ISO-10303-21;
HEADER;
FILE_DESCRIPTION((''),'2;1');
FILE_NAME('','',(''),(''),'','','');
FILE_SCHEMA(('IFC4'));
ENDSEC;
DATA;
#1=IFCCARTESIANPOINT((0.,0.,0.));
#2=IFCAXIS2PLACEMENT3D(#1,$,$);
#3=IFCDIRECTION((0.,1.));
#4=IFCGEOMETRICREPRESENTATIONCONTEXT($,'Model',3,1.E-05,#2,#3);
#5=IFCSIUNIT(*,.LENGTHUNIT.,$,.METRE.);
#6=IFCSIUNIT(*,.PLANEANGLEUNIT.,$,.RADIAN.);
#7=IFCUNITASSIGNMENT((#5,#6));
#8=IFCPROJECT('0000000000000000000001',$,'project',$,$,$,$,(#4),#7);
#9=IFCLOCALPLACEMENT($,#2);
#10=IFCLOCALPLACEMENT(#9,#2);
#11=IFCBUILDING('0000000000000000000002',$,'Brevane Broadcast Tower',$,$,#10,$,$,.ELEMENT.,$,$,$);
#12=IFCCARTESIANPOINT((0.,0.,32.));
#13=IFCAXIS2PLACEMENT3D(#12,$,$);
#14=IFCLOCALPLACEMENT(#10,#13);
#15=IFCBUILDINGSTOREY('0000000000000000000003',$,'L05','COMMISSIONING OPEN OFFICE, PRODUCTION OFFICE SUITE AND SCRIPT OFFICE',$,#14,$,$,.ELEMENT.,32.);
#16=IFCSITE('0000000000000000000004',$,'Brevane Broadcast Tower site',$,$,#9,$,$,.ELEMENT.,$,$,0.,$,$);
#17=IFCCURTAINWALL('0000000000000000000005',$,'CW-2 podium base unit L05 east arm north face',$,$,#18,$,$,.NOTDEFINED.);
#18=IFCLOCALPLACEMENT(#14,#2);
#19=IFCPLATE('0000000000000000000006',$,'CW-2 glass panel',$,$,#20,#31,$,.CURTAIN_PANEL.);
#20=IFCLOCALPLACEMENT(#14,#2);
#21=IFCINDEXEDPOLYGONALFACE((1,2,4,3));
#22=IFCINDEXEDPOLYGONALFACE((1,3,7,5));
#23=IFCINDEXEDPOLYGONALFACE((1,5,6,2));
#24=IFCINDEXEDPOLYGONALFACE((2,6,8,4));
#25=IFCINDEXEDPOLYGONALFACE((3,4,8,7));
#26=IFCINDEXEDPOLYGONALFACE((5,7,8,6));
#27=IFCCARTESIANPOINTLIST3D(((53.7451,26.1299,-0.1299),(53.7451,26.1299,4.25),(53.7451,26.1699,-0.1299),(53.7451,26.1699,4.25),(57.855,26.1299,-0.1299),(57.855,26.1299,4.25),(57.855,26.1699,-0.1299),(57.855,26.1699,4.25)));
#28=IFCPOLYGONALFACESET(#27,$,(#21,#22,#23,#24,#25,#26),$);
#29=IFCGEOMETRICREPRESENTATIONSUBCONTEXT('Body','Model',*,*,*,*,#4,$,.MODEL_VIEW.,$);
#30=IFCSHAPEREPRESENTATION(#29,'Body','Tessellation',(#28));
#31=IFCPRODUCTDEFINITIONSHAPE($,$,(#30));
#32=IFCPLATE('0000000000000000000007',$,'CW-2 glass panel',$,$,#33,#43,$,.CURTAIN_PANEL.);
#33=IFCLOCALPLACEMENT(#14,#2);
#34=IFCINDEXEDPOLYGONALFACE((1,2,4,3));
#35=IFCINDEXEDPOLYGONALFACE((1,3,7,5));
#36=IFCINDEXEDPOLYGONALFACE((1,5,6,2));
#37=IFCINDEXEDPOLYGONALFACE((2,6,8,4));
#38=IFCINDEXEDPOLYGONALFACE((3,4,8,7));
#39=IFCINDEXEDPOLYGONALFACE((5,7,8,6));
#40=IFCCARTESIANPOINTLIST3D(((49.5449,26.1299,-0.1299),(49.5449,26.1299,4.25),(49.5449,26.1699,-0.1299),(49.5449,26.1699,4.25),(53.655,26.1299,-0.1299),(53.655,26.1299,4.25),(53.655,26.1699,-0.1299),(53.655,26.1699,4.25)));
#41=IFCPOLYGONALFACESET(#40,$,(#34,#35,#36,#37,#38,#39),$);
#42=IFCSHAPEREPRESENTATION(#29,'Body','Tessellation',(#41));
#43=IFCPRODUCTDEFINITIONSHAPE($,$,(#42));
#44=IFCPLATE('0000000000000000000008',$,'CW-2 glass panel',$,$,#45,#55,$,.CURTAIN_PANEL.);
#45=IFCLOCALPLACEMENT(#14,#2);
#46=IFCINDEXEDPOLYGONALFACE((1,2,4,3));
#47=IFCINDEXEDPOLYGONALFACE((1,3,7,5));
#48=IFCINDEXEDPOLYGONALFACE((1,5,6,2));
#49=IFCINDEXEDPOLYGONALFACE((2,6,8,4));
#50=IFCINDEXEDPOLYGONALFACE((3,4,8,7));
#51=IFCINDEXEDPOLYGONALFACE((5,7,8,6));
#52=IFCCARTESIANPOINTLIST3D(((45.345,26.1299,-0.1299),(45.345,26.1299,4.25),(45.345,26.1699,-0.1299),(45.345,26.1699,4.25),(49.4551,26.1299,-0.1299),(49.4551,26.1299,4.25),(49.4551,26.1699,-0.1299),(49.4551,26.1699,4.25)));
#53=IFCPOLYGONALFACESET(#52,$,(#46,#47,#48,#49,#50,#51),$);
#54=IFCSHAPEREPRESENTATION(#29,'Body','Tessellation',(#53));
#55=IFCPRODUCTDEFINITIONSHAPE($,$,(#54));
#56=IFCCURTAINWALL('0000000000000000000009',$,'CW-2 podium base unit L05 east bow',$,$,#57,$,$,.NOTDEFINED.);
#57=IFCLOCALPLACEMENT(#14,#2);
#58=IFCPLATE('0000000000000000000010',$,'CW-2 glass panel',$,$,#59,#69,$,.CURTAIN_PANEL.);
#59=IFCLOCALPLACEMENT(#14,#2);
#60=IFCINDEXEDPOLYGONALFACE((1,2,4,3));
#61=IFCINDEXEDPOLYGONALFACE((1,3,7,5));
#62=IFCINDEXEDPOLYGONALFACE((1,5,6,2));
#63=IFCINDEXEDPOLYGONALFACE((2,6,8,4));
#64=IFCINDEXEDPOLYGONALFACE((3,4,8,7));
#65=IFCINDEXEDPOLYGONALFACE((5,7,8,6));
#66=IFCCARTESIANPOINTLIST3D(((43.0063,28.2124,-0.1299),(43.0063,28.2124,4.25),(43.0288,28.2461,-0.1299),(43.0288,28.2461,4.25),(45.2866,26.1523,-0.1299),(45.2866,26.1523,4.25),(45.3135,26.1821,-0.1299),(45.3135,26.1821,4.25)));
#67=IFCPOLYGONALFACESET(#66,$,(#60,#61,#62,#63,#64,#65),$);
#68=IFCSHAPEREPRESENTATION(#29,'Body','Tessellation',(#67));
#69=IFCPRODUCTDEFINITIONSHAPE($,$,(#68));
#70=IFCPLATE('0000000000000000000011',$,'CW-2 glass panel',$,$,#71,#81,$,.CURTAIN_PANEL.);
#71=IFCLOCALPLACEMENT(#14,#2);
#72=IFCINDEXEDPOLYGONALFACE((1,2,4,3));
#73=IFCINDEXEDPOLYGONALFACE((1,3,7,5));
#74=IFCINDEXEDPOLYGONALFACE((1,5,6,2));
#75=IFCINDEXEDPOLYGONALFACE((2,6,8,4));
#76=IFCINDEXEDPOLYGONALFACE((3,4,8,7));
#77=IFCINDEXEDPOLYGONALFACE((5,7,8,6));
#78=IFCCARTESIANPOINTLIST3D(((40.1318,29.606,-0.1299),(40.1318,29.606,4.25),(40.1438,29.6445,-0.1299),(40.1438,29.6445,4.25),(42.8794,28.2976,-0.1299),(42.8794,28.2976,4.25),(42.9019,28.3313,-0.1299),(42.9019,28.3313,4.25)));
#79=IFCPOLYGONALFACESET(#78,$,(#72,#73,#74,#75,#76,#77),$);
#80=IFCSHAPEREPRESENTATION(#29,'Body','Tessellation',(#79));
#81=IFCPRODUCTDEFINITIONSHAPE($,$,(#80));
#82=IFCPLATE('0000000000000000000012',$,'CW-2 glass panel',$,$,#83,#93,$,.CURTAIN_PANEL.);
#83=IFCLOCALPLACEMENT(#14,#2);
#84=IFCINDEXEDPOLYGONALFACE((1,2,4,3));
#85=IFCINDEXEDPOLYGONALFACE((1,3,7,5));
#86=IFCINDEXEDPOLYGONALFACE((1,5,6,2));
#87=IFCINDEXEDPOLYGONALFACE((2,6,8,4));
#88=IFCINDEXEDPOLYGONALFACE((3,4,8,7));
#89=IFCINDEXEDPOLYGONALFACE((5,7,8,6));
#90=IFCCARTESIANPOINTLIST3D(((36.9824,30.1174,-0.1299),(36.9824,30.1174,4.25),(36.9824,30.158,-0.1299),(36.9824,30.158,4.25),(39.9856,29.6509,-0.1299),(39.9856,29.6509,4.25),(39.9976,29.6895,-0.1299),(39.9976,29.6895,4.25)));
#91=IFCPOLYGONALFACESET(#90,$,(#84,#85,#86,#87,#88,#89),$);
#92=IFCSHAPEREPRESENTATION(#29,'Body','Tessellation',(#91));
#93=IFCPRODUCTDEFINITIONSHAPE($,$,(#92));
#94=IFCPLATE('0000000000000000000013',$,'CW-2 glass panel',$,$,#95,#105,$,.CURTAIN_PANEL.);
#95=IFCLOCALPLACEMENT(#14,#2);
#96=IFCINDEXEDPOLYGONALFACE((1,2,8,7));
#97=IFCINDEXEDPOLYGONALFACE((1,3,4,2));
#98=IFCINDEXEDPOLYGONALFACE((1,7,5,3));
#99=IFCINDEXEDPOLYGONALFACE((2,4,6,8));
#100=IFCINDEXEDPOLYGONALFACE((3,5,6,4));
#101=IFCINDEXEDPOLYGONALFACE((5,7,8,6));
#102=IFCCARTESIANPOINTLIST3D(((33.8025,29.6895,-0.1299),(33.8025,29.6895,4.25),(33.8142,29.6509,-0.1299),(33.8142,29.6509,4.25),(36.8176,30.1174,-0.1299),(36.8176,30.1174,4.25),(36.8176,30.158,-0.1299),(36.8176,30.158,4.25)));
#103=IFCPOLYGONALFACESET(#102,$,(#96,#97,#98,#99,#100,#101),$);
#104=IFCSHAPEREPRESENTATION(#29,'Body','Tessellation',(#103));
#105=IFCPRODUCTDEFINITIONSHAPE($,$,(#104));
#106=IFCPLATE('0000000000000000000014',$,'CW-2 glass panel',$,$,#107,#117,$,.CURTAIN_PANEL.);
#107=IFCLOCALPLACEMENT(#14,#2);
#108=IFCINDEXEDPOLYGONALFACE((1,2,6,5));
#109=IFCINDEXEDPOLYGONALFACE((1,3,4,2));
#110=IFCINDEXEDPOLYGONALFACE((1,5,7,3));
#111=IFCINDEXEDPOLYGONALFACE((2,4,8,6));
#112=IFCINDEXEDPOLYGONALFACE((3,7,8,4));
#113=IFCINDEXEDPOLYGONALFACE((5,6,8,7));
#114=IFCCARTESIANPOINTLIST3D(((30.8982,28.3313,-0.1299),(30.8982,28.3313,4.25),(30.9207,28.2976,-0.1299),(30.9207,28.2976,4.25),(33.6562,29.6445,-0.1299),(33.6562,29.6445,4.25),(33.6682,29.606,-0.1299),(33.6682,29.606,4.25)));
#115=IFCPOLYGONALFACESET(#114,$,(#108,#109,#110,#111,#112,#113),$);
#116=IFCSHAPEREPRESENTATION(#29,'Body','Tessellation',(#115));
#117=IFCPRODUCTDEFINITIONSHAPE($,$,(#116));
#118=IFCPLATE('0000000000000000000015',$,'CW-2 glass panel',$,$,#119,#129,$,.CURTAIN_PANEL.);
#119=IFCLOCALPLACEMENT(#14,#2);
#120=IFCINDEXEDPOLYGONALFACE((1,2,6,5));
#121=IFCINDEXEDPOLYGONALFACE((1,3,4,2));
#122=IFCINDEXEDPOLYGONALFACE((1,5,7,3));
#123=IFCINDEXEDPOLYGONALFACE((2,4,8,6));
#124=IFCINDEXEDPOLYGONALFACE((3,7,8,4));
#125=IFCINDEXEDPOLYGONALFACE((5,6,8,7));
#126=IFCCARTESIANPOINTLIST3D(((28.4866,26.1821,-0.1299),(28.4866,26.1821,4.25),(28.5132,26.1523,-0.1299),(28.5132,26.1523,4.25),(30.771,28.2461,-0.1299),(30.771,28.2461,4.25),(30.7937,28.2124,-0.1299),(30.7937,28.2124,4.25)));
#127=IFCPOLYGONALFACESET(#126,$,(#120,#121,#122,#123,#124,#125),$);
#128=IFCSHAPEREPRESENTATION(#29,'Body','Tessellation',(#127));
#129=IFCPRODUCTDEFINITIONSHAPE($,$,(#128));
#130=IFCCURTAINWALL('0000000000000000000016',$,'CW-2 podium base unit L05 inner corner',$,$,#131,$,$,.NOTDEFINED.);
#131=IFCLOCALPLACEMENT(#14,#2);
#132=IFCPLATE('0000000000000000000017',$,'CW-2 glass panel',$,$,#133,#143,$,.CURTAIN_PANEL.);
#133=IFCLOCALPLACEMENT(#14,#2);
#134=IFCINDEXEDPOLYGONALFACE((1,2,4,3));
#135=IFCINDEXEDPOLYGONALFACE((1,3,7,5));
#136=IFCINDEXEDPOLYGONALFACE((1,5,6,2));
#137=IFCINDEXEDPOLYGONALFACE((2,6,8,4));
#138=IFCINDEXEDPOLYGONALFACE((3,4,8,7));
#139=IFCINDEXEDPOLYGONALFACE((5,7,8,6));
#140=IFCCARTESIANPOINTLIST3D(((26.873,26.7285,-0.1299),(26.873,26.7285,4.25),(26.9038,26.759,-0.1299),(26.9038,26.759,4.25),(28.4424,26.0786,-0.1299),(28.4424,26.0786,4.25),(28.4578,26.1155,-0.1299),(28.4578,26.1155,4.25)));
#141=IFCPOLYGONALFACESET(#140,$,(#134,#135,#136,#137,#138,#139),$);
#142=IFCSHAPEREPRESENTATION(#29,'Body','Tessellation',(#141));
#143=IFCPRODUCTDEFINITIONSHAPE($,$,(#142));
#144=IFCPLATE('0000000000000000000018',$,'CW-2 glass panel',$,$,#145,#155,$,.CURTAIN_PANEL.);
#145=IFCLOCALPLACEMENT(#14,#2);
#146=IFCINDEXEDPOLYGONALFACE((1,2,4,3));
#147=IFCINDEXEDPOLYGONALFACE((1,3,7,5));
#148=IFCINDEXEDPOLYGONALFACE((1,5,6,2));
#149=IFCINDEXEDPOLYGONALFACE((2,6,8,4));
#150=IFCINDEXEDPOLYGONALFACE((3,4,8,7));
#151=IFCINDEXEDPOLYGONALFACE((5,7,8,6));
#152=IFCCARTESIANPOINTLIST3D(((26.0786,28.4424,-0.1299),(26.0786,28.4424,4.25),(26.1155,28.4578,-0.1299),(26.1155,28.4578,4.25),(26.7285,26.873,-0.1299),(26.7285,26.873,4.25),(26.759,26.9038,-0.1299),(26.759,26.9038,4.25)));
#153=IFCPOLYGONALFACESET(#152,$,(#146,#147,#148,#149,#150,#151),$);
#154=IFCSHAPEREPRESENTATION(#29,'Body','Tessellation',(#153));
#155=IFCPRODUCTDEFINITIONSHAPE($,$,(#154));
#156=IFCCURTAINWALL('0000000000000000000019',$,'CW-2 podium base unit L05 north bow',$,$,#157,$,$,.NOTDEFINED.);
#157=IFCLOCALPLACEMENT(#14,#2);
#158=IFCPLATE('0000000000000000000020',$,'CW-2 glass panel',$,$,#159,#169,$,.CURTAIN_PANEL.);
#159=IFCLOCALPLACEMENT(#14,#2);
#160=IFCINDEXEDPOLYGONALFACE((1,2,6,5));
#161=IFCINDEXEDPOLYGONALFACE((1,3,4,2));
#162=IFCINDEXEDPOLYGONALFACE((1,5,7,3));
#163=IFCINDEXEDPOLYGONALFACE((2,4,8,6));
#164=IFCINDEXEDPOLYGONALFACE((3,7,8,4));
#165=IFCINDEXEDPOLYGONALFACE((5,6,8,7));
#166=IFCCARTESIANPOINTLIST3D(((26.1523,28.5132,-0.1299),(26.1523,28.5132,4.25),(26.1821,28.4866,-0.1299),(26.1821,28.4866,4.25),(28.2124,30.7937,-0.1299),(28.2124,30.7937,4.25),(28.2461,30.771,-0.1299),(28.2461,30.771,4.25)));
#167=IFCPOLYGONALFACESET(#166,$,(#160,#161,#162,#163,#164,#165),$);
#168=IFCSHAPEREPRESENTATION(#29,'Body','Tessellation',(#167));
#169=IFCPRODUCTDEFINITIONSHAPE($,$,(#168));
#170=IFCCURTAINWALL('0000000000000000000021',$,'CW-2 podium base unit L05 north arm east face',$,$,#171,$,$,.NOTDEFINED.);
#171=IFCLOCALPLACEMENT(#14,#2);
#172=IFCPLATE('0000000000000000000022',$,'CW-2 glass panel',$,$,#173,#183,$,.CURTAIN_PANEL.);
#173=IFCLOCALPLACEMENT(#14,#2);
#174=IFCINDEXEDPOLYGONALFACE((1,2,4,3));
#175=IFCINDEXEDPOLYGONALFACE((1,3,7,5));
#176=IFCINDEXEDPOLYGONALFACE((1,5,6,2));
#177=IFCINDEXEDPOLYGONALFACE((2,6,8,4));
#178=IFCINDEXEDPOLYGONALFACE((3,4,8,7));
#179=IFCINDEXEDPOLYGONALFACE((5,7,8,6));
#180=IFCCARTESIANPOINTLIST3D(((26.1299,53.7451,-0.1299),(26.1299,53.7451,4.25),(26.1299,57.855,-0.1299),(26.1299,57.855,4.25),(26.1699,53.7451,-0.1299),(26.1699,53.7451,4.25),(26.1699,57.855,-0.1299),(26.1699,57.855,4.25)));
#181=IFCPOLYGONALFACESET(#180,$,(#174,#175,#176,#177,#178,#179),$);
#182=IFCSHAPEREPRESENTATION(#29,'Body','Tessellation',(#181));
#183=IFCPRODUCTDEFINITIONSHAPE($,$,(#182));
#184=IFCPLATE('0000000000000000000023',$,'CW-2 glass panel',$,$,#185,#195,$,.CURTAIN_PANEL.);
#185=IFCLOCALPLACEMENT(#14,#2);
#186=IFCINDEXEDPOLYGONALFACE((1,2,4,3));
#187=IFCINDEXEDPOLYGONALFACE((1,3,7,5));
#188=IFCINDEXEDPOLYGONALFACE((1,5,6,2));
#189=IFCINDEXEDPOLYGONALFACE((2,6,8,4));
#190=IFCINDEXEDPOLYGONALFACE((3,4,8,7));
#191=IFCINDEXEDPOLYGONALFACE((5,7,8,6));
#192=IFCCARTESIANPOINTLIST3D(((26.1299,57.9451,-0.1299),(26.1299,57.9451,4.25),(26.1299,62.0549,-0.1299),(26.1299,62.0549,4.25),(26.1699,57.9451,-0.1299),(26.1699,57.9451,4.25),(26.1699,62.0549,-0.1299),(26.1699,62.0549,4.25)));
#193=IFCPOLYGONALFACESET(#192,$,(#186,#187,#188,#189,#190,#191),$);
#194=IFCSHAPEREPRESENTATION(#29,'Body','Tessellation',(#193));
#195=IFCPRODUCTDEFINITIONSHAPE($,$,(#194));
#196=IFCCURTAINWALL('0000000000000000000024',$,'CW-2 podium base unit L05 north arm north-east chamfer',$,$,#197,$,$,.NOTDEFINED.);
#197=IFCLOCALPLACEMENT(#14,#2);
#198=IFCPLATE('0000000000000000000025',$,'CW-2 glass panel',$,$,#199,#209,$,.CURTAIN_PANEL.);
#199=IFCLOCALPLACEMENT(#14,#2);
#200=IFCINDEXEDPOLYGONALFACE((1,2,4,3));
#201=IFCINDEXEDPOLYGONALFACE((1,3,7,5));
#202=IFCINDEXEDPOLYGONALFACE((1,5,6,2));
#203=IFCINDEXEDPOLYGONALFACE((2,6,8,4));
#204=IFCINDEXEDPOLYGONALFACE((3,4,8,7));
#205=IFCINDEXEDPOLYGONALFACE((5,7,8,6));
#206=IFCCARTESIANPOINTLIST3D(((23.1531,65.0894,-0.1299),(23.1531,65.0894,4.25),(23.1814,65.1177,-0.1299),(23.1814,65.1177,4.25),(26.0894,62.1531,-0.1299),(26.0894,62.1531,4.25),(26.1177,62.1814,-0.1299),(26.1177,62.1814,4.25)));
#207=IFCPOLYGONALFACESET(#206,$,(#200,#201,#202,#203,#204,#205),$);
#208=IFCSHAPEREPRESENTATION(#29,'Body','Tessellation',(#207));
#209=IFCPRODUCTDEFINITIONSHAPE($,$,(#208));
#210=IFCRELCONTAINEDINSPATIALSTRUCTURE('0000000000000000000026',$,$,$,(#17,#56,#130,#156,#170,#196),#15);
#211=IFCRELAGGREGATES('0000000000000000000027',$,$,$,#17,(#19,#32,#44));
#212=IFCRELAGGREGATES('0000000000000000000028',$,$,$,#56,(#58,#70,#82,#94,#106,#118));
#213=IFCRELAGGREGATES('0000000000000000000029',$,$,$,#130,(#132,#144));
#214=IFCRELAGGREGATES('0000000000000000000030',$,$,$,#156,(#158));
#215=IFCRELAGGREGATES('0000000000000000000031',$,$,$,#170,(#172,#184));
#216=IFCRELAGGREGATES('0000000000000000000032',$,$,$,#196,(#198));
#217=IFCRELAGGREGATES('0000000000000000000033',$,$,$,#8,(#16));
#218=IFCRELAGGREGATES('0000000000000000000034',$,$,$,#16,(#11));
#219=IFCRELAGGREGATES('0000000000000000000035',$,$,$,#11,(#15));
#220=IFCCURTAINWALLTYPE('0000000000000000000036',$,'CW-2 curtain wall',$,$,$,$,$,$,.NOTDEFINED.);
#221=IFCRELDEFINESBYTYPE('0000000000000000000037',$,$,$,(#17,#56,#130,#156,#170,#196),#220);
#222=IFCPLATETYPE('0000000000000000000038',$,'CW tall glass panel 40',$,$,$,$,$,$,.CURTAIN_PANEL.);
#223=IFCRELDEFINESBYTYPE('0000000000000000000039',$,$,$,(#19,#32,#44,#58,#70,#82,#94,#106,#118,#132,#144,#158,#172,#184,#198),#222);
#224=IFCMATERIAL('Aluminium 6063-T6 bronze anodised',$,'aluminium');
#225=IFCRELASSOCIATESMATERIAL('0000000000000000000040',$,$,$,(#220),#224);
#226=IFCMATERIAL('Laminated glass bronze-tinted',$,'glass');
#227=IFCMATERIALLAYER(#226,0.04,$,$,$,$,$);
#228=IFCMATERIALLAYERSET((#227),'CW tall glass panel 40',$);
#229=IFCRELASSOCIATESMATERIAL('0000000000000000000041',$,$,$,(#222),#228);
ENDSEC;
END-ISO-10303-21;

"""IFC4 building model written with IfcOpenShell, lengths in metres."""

from ifc_helpers import new_model, si_unit, direction, frame, origin, place, context, subcontext, project, spatial, polyline, outline, extrude, material, layer, layer_set, type_object, element, aggregate, save


model = new_model("IFC4")

# Units and contexts
model_context = context("Model", 3, precision=1e-05, world=origin(), true_north=direction((0.0, 1.0)))
body_context = subcontext(model_context, "Body", "Model", "MODEL_VIEW")
ifc_project = project(units=[si_unit("LENGTHUNIT", "METRE"), si_unit("PLANEANGLEUNIT", "RADIAN")], contexts=[model_context])

# Site, building, storey
site_placement = place(None, origin())
site = spatial("IfcSite", under=ifc_project, at=site_placement, Name="Brevane Broadcast Tower site", CompositionType="ELEMENT", RefElevation=0.0)
building_placement = place(site_placement, origin())
building = spatial("IfcBuilding", under=site, at=building_placement, Name="Brevane Broadcast Tower", CompositionType="ELEMENT")
storey_placement = place(building_placement, frame((0.0, 0.0, 32.0)))
storey = spatial("IfcBuildingStorey", under=building, at=storey_placement, Name="L05", Description="COMMISSIONING OPEN OFFICE, PRODUCTION OFFICE SUITE AND SCRIPT OFFICE", CompositionType="ELEMENT", Elevation=32.0)

# Curtain walls, plates
ifc_material_1 = material(Name="Aluminium 6063-T6 bronze anodised", Category="aluminium")
curtain_wall_type = type_object("IfcCurtainWallType", Name="CW-2 curtain wall", PredefinedType="NOTDEFINED", material=ifc_material_1)
curtain_wall_1_placement = place(storey_placement, origin())
curtain_wall_1 = element("IfcCurtainWall", 1, at=curtain_wall_1_placement, inside=storey, type_object=curtain_wall_type, Name="CW-2 podium base unit L05 east arm north face", PredefinedType="NOTDEFINED")
ifc_material_2 = material(Name="Laminated glass bronze-tinted", Category="glass")
ifc_layer = layer(ifc_material_2, 0.04)
ifc_layer_set = layer_set([ifc_layer], Name="CW tall glass panel 40")
plate_type = type_object("IfcPlateType", Name="CW tall glass panel 40", PredefinedType="CURTAIN_PANEL", material=ifc_layer_set)
plate_1_placement = place(storey_placement, frame((0.0, 0.0, -0.1299)))
plate_1 = element("IfcPlate", 2, at=plate_1_placement, type_object=plate_type, Name="CW-2 glass panel", PredefinedType="CURTAIN_PANEL", context=body_context, shape_type="SweptSolid", body=[
    extrude(outline(polyline([(53.7451, 26.1699), (53.7451, 26.1299), (57.855, 26.1299), (57.855, 26.1699), (53.7451, 26.1699)])), origin(), (0.0, 0.0, 1.0), 4.3799),
])
plate_2_placement = place(storey_placement, frame((0.0, 0.0, -0.1299)))
plate_2 = element("IfcPlate", 3, at=plate_2_placement, type_object=plate_type, Name="CW-2 glass panel", PredefinedType="CURTAIN_PANEL", context=body_context, shape_type="SweptSolid", body=[
    extrude(outline(polyline([(49.5449, 26.1699), (49.5449, 26.1299), (53.655, 26.1299), (53.655, 26.1699), (49.5449, 26.1699)])), origin(), (0.0, 0.0, 1.0), 4.3799),
])
plate_3_placement = place(storey_placement, frame((0.0, 0.0, -0.1299)))
plate_3 = element("IfcPlate", 4, at=plate_3_placement, type_object=plate_type, Name="CW-2 glass panel", PredefinedType="CURTAIN_PANEL", context=body_context, shape_type="SweptSolid", body=[
    extrude(outline(polyline([(45.345, 26.1699), (45.345, 26.1299), (49.4551, 26.1299), (49.4551, 26.1699), (45.345, 26.1699)])), origin(), (0.0, 0.0, 1.0), 4.3799),
])
aggregate(curtain_wall_1, [plate_1, plate_2, plate_3])
curtain_wall_2_placement = place(storey_placement, origin())
curtain_wall_2 = element("IfcCurtainWall", 5, at=curtain_wall_2_placement, inside=storey, type_object=curtain_wall_type, Name="CW-2 podium base unit L05 east bow", PredefinedType="NOTDEFINED")
plate_4_placement = place(storey_placement, frame((0.0, 0.0, -0.1299)))
plate_4 = element("IfcPlate", 6, at=plate_4_placement, type_object=plate_type, Name="CW-2 glass panel", PredefinedType="CURTAIN_PANEL", context=body_context, shape_type="SweptSolid", body=[
    extrude(outline(polyline([(45.2866, 26.1523), (45.3135, 26.1821), (43.0288, 28.2461), (43.0063, 28.2124), (45.2866, 26.1523)])), origin(), (0.0, 0.0, 1.0), 4.3799),
])
plate_5_placement = place(storey_placement, frame((0.0, 0.0, -0.1299)))
plate_5 = element("IfcPlate", 7, at=plate_5_placement, type_object=plate_type, Name="CW-2 glass panel", PredefinedType="CURTAIN_PANEL", context=body_context, shape_type="SweptSolid", body=[
    extrude(outline(polyline([(42.8794, 28.2976), (42.9019, 28.3313), (40.1438, 29.6445), (40.1318, 29.606), (42.8794, 28.2976)])), origin(), (0.0, 0.0, 1.0), 4.3799),
])
plate_6_placement = place(storey_placement, frame((0.0, 0.0, -0.1299)))
plate_6 = element("IfcPlate", 8, at=plate_6_placement, type_object=plate_type, Name="CW-2 glass panel", PredefinedType="CURTAIN_PANEL", context=body_context, shape_type="SweptSolid", body=[
    extrude(outline(polyline([(39.9856, 29.6509), (39.9976, 29.6895), (36.9824, 30.158), (36.9824, 30.1174), (39.9856, 29.6509)])), origin(), (0.0, 0.0, 1.0), 4.3799),
])
plate_7_placement = place(storey_placement, frame((0.0, 0.0, -0.1299)))
plate_7 = element("IfcPlate", 9, at=plate_7_placement, type_object=plate_type, Name="CW-2 glass panel", PredefinedType="CURTAIN_PANEL", context=body_context, shape_type="SweptSolid", body=[
    extrude(outline(polyline([(36.8176, 30.1174), (36.8176, 30.158), (33.8025, 29.6895), (33.8142, 29.6509), (36.8176, 30.1174)])), origin(), (0.0, 0.0, 1.0), 4.3799),
])
plate_8_placement = place(storey_placement, frame((0.0, 0.0, -0.1299)))
plate_8 = element("IfcPlate", 10, at=plate_8_placement, type_object=plate_type, Name="CW-2 glass panel", PredefinedType="CURTAIN_PANEL", context=body_context, shape_type="SweptSolid", body=[
    extrude(outline(polyline([(33.6682, 29.606), (33.6562, 29.6445), (30.8982, 28.3313), (30.9207, 28.2976), (33.6682, 29.606)])), origin(), (0.0, 0.0, 1.0), 4.3799),
])
plate_9_placement = place(storey_placement, frame((0.0, 0.0, -0.1299)))
plate_9 = element("IfcPlate", 11, at=plate_9_placement, type_object=plate_type, Name="CW-2 glass panel", PredefinedType="CURTAIN_PANEL", context=body_context, shape_type="SweptSolid", body=[
    extrude(outline(polyline([(30.7937, 28.2124), (30.771, 28.2461), (28.4866, 26.1821), (28.5132, 26.1523), (30.7937, 28.2124)])), origin(), (0.0, 0.0, 1.0), 4.3799),
])
aggregate(curtain_wall_2, [plate_4, plate_5, plate_6, plate_7, plate_8, plate_9])
curtain_wall_3_placement = place(storey_placement, origin())
curtain_wall_3 = element("IfcCurtainWall", 12, at=curtain_wall_3_placement, inside=storey, type_object=curtain_wall_type, Name="CW-2 podium base unit L05 inner corner", PredefinedType="NOTDEFINED")
plate_10_placement = place(storey_placement, frame((0.0, 0.0, -0.1299)))
plate_10 = element("IfcPlate", 13, at=plate_10_placement, type_object=plate_type, Name="CW-2 glass panel", PredefinedType="CURTAIN_PANEL", context=body_context, shape_type="SweptSolid", body=[
    extrude(outline(polyline([(28.4424, 26.0786), (28.4578, 26.1155), (26.9038, 26.759), (26.873, 26.7285), (28.4424, 26.0786)])), origin(), (0.0, 0.0, 1.0), 4.3799),
])
plate_11_placement = place(storey_placement, frame((0.0, 0.0, -0.1299)))
plate_11 = element("IfcPlate", 14, at=plate_11_placement, type_object=plate_type, Name="CW-2 glass panel", PredefinedType="CURTAIN_PANEL", context=body_context, shape_type="SweptSolid", body=[
    extrude(outline(polyline([(26.7285, 26.873), (26.759, 26.9038), (26.1155, 28.4578), (26.0786, 28.4424), (26.7285, 26.873)])), origin(), (0.0, 0.0, 1.0), 4.3799),
])
aggregate(curtain_wall_3, [plate_10, plate_11])

# Curtain wall, plate
curtain_wall_4_placement = place(storey_placement, origin())
curtain_wall_4 = element("IfcCurtainWall", 15, at=curtain_wall_4_placement, inside=storey, type_object=curtain_wall_type, Name="CW-2 podium base unit L05 north bow", PredefinedType="NOTDEFINED")
plate_12_placement = place(storey_placement, frame((0.0, 0.0, -0.1299)))
plate_12 = element("IfcPlate", 16, at=plate_12_placement, type_object=plate_type, Name="CW-2 glass panel", PredefinedType="CURTAIN_PANEL", context=body_context, shape_type="SweptSolid", body=[
    extrude(outline(polyline([(26.1523, 28.5132), (26.1821, 28.4866), (28.2461, 30.771), (28.2124, 30.7937), (26.1523, 28.5132)])), origin(), (0.0, 0.0, 1.0), 4.3799),
])
aggregate(curtain_wall_4, [plate_12])

# Curtain walls, plates
curtain_wall_5_placement = place(storey_placement, origin())
curtain_wall_5 = element("IfcCurtainWall", 17, at=curtain_wall_5_placement, inside=storey, type_object=curtain_wall_type, Name="CW-2 podium base unit L05 north arm east face", PredefinedType="NOTDEFINED")
plate_13_placement = place(storey_placement, frame((0.0, 0.0, -0.1299)))
plate_13 = element("IfcPlate", 18, at=plate_13_placement, type_object=plate_type, Name="CW-2 glass panel", PredefinedType="CURTAIN_PANEL", context=body_context, shape_type="SweptSolid", body=[
    extrude(outline(polyline([(26.1699, 57.855), (26.1299, 57.855), (26.1299, 53.7451), (26.1699, 53.7451), (26.1699, 57.855)])), origin(), (0.0, 0.0, 1.0), 4.3799),
])
plate_14_placement = place(storey_placement, frame((0.0, 0.0, -0.1299)))
plate_14 = element("IfcPlate", 19, at=plate_14_placement, type_object=plate_type, Name="CW-2 glass panel", PredefinedType="CURTAIN_PANEL", context=body_context, shape_type="SweptSolid", body=[
    extrude(outline(polyline([(26.1699, 62.0549), (26.1299, 62.0549), (26.1299, 57.9451), (26.1699, 57.9451), (26.1699, 62.0549)])), origin(), (0.0, 0.0, 1.0), 4.3799),
])
aggregate(curtain_wall_5, [plate_13, plate_14])
curtain_wall_6_placement = place(storey_placement, origin())
curtain_wall_6 = element("IfcCurtainWall", 20, at=curtain_wall_6_placement, inside=storey, type_object=curtain_wall_type, Name="CW-2 podium base unit L05 north arm north-east chamfer", PredefinedType="NOTDEFINED")
plate_15_placement = place(storey_placement, frame((0.0, 0.0, -0.1299)))
plate_15 = element("IfcPlate", 21, at=plate_15_placement, type_object=plate_type, Name="CW-2 glass panel", PredefinedType="CURTAIN_PANEL", context=body_context, shape_type="SweptSolid", body=[
    extrude(outline(polyline([(26.0894, 62.1531), (23.1531, 65.0894), (23.1814, 65.1177), (26.1177, 62.1814), (26.0894, 62.1531)])), origin(), (0.0, 0.0, 1.0), 4.3799),
])
aggregate(curtain_wall_6, [plate_15])

save(model, "model.ifc")
